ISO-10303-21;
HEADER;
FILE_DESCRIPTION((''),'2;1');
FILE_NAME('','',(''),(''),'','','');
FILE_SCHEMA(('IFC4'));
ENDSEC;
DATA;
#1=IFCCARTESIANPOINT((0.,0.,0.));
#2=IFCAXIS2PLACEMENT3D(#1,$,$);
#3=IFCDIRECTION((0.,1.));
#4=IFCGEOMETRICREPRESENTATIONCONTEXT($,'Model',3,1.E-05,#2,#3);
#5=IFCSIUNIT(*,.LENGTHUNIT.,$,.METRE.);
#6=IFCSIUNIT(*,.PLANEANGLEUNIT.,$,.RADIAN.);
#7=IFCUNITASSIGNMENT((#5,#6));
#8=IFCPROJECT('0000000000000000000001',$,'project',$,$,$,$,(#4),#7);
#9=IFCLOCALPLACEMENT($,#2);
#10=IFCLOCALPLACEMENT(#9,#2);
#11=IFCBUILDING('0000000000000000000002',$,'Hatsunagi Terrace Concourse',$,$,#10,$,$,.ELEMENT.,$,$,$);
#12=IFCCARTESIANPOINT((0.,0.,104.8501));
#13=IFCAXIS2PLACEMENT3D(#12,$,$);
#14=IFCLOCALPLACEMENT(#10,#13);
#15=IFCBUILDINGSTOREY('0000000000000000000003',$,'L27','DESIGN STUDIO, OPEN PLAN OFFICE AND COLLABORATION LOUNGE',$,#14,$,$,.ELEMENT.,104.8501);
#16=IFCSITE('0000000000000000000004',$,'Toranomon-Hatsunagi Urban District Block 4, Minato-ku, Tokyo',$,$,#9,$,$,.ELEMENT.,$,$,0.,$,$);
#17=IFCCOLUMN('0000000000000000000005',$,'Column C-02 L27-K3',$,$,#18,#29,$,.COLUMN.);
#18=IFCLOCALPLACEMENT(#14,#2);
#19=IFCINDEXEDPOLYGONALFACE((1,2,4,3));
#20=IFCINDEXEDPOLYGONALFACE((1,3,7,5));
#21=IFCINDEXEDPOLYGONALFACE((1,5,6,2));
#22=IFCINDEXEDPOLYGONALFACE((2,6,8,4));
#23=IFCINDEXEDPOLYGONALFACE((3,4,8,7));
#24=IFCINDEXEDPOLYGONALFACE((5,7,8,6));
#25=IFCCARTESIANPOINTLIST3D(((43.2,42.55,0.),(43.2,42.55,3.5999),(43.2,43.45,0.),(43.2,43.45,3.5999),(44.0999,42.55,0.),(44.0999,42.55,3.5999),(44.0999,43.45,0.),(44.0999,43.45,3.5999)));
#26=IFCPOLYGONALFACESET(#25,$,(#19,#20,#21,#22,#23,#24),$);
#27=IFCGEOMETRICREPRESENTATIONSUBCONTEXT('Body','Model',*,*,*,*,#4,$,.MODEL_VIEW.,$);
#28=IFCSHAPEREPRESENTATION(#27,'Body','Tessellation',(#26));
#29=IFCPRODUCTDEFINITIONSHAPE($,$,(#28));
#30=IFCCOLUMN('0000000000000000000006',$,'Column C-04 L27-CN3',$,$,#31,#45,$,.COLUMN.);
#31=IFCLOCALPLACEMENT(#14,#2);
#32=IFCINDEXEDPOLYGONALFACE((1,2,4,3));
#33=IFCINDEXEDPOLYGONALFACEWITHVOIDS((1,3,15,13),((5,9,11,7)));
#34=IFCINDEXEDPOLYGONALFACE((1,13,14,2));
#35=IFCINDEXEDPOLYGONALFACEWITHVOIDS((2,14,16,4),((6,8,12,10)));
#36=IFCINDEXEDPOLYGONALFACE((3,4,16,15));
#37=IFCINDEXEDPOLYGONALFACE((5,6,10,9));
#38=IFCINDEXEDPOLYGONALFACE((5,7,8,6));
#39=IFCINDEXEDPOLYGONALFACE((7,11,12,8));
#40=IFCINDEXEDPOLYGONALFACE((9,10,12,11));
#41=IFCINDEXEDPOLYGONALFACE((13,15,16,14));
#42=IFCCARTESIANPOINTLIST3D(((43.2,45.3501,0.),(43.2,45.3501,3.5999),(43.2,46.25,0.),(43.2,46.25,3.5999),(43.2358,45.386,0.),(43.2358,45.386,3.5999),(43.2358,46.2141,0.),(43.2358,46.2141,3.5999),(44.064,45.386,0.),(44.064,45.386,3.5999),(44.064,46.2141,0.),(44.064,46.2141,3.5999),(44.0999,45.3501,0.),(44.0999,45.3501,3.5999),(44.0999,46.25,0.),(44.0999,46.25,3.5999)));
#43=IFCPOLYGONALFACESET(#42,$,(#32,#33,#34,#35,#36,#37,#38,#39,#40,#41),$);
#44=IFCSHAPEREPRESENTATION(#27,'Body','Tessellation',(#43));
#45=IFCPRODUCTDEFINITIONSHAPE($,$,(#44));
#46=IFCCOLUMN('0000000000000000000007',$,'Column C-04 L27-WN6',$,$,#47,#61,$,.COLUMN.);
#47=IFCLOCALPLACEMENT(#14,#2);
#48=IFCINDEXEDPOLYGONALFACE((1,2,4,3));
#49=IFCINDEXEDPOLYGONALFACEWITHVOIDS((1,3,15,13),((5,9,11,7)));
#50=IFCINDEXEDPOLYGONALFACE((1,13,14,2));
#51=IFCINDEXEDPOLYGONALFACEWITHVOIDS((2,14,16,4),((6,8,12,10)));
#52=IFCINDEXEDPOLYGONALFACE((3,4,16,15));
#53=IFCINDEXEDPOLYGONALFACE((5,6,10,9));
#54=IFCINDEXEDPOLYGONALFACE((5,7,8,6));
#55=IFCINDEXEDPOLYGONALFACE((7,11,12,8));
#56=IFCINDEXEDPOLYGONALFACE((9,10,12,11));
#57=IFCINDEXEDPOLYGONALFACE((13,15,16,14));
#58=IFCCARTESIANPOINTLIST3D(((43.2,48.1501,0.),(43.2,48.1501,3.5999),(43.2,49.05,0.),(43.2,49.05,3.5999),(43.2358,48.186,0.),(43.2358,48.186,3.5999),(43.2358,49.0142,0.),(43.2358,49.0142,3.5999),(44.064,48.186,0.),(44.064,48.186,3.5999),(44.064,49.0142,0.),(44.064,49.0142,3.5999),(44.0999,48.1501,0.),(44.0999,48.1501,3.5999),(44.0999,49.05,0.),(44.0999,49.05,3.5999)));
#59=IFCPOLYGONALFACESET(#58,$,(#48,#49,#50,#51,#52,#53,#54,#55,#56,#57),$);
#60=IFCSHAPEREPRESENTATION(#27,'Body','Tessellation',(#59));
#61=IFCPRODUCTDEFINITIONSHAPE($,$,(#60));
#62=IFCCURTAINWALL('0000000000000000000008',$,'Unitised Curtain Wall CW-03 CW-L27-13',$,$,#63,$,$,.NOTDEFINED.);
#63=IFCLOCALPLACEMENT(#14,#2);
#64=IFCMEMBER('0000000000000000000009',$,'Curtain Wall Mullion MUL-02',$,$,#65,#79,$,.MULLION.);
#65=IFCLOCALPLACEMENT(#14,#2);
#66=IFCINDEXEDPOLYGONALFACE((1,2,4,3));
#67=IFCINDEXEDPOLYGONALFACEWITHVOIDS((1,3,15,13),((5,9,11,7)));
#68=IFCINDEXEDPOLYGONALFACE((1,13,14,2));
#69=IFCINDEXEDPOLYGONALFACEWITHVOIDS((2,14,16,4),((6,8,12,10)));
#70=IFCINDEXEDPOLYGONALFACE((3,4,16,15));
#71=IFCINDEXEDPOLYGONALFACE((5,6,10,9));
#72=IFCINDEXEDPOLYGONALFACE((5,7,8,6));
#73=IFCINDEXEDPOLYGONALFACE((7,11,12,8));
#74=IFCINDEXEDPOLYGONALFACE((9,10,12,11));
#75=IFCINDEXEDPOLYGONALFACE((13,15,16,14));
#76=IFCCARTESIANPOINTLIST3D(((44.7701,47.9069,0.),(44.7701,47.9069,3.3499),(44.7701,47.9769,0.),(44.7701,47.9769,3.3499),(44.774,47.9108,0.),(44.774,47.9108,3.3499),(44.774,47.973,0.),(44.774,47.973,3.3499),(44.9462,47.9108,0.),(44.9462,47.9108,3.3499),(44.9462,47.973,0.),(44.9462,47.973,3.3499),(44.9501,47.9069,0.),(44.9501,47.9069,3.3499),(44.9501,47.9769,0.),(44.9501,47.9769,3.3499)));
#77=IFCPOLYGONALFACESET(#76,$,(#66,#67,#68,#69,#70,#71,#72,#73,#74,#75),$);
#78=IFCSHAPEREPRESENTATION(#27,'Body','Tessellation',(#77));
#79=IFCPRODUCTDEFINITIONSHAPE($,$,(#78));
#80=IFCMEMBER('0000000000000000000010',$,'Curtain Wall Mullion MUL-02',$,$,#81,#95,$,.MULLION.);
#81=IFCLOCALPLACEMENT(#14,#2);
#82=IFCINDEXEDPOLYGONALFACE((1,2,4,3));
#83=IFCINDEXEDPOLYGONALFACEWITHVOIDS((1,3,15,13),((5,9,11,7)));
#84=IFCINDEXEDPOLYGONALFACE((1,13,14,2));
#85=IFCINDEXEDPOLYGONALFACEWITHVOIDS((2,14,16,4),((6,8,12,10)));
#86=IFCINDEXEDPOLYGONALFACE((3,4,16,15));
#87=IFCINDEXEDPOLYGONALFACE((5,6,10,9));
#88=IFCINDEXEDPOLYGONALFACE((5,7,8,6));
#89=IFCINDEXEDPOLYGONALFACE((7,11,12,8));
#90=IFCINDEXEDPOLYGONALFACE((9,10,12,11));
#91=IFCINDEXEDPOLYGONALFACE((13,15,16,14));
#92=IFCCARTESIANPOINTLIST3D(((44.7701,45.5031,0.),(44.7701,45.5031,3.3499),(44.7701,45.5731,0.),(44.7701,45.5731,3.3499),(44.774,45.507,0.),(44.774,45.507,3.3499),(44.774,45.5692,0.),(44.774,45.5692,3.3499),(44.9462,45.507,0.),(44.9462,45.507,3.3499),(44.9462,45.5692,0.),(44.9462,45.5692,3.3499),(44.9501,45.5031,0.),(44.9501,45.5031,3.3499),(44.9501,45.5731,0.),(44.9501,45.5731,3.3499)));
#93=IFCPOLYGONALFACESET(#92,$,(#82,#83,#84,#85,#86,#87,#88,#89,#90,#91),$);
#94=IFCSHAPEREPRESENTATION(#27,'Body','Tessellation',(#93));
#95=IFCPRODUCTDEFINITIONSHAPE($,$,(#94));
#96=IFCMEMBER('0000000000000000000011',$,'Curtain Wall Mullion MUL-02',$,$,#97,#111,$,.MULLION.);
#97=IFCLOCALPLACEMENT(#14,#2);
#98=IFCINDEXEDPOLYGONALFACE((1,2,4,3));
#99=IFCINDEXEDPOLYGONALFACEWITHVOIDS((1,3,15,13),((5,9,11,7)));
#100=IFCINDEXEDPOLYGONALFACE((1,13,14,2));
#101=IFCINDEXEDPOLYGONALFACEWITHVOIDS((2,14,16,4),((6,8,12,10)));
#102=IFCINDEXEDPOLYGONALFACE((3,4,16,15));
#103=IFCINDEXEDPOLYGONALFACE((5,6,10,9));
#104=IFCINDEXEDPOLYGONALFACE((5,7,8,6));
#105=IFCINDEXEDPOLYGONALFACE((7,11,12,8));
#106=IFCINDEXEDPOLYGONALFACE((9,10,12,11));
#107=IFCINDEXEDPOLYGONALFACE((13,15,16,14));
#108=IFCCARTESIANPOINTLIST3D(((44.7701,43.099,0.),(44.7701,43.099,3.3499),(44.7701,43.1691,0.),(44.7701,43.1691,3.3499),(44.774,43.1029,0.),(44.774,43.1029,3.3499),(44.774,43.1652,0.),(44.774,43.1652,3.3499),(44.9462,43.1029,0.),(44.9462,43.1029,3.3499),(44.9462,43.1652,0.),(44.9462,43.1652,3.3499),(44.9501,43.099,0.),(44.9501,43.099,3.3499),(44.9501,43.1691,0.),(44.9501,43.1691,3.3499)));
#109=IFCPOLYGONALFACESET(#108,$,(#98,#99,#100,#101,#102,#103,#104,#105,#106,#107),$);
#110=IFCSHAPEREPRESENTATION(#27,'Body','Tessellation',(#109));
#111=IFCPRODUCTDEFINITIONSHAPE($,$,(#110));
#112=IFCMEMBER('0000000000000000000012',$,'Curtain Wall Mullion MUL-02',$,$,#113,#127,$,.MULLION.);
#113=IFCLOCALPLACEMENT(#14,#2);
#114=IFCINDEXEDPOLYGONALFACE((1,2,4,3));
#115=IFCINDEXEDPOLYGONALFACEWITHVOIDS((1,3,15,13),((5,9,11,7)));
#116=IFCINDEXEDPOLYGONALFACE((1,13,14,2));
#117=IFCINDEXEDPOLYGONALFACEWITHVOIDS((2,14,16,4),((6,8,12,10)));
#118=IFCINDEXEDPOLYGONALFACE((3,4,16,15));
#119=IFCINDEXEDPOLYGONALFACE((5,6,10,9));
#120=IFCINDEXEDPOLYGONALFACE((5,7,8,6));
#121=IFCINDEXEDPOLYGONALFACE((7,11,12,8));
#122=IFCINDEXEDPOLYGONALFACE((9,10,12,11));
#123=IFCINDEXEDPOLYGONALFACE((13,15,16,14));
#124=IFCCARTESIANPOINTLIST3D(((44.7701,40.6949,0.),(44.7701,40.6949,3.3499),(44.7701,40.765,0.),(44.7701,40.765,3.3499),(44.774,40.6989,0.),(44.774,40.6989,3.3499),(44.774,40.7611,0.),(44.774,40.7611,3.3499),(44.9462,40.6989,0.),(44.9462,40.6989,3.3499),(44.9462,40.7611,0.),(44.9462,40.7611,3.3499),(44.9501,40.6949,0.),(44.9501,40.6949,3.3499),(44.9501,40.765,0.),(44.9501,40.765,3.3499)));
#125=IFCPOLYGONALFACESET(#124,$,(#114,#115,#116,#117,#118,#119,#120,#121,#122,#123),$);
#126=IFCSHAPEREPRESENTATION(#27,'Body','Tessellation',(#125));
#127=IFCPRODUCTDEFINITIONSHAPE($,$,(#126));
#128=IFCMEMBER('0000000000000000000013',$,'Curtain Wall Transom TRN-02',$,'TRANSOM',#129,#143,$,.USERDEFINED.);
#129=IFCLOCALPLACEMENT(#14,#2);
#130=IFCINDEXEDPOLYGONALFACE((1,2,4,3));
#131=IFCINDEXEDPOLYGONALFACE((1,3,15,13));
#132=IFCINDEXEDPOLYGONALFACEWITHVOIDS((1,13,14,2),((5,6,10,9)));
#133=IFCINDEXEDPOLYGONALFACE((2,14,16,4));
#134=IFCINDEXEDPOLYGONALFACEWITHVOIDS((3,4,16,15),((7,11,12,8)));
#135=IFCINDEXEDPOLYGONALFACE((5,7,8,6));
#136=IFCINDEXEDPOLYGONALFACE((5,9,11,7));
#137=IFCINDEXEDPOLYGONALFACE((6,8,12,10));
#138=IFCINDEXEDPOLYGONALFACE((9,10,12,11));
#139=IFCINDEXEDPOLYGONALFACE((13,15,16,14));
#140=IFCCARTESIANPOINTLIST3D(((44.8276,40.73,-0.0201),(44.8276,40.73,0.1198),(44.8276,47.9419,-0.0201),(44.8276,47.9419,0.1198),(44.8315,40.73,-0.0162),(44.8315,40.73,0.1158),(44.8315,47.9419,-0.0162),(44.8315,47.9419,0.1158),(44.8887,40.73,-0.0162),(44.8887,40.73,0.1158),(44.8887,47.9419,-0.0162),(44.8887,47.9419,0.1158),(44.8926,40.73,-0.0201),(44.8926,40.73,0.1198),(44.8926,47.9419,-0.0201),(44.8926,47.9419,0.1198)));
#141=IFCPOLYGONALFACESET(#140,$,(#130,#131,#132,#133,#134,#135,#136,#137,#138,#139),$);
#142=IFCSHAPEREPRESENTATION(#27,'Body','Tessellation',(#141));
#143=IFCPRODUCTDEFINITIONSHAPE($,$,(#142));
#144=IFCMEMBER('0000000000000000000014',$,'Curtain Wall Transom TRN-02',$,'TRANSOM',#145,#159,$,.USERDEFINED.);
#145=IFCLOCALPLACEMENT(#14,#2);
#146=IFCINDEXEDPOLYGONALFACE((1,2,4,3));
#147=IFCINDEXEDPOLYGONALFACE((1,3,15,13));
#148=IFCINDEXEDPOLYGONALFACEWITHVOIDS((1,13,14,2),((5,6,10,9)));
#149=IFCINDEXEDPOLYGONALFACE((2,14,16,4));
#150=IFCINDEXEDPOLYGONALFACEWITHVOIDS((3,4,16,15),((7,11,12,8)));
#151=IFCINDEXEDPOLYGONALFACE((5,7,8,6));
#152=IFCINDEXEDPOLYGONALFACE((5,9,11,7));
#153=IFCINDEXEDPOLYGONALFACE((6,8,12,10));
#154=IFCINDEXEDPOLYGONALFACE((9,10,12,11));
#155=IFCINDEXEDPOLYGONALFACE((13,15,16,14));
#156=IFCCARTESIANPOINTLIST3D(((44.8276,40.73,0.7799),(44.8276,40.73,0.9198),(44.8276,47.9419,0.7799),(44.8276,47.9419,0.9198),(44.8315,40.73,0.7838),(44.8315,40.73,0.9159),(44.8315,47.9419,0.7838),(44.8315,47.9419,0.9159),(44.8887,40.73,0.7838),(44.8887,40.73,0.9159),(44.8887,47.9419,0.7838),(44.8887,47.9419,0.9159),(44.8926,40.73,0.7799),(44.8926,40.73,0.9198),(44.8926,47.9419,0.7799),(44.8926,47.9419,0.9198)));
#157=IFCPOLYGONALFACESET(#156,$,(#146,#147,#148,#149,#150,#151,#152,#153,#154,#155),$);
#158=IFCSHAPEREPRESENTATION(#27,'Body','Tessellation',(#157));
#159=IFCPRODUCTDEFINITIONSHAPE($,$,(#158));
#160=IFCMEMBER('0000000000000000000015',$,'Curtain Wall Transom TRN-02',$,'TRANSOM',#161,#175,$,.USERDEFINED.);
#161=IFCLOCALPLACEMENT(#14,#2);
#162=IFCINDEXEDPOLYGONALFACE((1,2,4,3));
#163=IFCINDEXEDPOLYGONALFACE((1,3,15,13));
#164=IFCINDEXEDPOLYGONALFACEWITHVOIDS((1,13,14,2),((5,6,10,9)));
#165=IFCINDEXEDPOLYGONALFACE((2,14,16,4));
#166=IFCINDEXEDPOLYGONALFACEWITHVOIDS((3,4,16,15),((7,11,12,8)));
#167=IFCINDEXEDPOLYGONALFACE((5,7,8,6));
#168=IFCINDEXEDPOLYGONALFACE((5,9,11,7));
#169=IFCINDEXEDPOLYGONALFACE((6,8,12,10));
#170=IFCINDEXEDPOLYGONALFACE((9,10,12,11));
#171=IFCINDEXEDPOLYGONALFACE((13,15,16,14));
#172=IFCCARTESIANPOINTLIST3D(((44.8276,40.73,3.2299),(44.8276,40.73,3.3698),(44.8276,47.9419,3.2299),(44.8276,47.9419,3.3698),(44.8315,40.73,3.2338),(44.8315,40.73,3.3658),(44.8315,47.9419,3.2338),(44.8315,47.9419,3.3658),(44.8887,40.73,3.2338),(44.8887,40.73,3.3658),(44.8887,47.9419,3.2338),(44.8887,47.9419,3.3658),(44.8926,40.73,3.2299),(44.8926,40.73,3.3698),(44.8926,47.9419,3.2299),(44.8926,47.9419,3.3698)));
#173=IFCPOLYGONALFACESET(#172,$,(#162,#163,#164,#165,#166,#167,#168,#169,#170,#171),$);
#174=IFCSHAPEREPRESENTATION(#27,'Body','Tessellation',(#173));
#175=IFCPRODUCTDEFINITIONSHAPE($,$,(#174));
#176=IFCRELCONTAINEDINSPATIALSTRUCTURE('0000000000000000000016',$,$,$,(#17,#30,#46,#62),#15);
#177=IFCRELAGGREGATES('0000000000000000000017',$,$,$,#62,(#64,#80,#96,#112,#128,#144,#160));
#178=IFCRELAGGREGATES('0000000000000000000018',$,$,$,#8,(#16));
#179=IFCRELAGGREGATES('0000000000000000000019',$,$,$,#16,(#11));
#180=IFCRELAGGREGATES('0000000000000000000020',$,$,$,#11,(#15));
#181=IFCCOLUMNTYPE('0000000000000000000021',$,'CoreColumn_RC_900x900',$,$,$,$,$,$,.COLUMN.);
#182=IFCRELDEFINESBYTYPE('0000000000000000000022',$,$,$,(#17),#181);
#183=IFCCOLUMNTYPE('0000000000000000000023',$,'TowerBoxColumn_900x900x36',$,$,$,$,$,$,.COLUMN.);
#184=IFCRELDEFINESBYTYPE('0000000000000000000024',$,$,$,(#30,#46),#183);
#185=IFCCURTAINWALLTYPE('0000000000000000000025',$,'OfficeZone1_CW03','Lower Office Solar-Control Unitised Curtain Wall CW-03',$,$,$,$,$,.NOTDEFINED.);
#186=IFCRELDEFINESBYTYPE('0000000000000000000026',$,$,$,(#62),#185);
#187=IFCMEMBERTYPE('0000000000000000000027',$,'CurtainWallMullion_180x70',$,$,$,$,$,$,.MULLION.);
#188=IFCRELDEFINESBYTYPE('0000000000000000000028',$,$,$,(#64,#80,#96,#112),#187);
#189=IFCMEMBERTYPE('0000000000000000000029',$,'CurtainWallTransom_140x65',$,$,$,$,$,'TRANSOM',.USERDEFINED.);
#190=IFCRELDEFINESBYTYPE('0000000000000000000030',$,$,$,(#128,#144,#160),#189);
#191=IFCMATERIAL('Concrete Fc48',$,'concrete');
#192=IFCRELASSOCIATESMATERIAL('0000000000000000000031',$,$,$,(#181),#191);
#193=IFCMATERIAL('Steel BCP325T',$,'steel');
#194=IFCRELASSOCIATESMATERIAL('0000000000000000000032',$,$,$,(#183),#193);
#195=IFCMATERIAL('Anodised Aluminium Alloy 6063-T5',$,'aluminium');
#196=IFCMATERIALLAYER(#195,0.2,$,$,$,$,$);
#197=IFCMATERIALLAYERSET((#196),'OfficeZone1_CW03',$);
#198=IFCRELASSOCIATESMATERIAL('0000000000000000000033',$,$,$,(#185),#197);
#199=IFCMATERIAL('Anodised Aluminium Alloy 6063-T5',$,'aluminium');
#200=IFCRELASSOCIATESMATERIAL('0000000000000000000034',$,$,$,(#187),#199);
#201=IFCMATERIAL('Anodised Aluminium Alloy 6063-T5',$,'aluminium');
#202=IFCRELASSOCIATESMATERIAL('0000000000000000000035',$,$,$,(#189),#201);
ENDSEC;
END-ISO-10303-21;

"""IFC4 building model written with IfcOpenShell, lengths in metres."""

from ifc_helpers import new_model, si_unit, direction, frame, origin, origin_2d, place, context, subcontext, project, spatial, rectangle, hollow_rectangle, extrude, material, layer, layer_set, material_profile, profile_set, type_object, element, aggregate, save


model = new_model("IFC4")

# Units and contexts
model_context = context("Model", 3, precision=1e-05, world=origin(), true_north=direction((0.0, 1.0)))
body_context = subcontext(model_context, "Body", "Model", "MODEL_VIEW")
ifc_project = project(units=[si_unit("LENGTHUNIT", "METRE"), si_unit("PLANEANGLEUNIT", "RADIAN")], contexts=[model_context])

# Site, building, storey
site_placement = place(None, origin())
site = spatial("IfcSite", under=ifc_project, at=site_placement, Name="Toranomon-Hatsunagi Urban District Block 4, Minato-ku, Tokyo", CompositionType="ELEMENT", RefElevation=0.0)
building_placement = place(site_placement, origin())
building = spatial("IfcBuilding", under=site, at=building_placement, Name="Hatsunagi Terrace Concourse", CompositionType="ELEMENT")
storey_placement = place(building_placement, frame((0.0, 0.0, 104.8501)))
storey = spatial("IfcBuildingStorey", under=building, at=storey_placement, Name="L27", Description="DESIGN STUDIO, OPEN PLAN OFFICE AND COLLABORATION LOUNGE", CompositionType="ELEMENT", Elevation=104.8501)

# Columns
ifc_material_1 = material(Name="Concrete Fc48", Category="concrete")
ifc_material_profile_1 = material_profile(ifc_material_1, rectangle(XDim=0.8999, YDim=0.8999, at=origin_2d()), Name="RC-900x900")
ifc_profile_set_1 = profile_set([ifc_material_profile_1], Name="Concrete Fc48")
column_type_1 = type_object("IfcColumnType", Name="CoreColumn_RC_900x900", PredefinedType="COLUMN", material=ifc_profile_set_1)
column_placement = place(storey_placement, frame((43.6499, 43.0, 0.0), z_axis=(0.0, 0.0, 1.0), x_axis=(1.0, 0.0, 0.0)))
element("IfcColumn", 1, at=column_placement, inside=storey, type_object=column_type_1, Name="Column C-02 L27-K3", PredefinedType="COLUMN", context=body_context, shape_type="SweptSolid", body=[
    extrude(rectangle(XDim=0.8999, YDim=0.8999, at=origin_2d()), origin(), (0.0, 0.0, 1.0), 3.5999),
])
ifc_material_2 = material(Name="Steel BCP325T", Category="steel")
ifc_material_profile_2 = material_profile(ifc_material_2, hollow_rectangle(XDim=0.8999, YDim=0.8999, WallThickness=0.0359, at=origin_2d()), Name="BCP-900x900x36")
ifc_profile_set_2 = profile_set([ifc_material_profile_2], Name="Steel BCP325T")
column_type_2 = type_object("IfcColumnType", Name="TowerBoxColumn_900x900x36", PredefinedType="COLUMN", material=ifc_profile_set_2)
for number, where, z_axis, x_axis, name in (
    (2, (43.6499, 45.8, 0.0), (0.0, 0.0, 1.0), (1.0, 0.0, 0.0), "Column C-04 L27-CN3"),
    (3, (43.6499, 48.6001, 0.0), (0.0, 0.0, 1.0), (1.0, 0.0, 0.0), "Column C-04 L27-WN6"),
):
    element("IfcColumn", number, at=place(storey_placement, frame(where, z_axis=z_axis, x_axis=x_axis)), inside=storey, type_object=column_type_2, Name=name, PredefinedType="COLUMN", context=body_context, shape_type="SweptSolid", body=[
        extrude(hollow_rectangle(XDim=0.8999, YDim=0.8999, WallThickness=0.0359, at=origin_2d()), origin(), (0.0, 0.0, 1.0), 3.5999),
    ])

# Curtain wall, members
ifc_material_3 = material(Name="Anodised Aluminium Alloy 6063-T5", Category="aluminium")
ifc_layer_1 = layer(ifc_material_3, 0.2)
ifc_layer_set_1 = layer_set([ifc_layer_1], Name="OfficeZone1_CW03")
curtain_wall_type = type_object("IfcCurtainWallType", Name="OfficeZone1_CW03", Description="Lower Office Solar-Control Unitised Curtain Wall CW-03", PredefinedType="NOTDEFINED", material=ifc_layer_set_1)
curtain_wall_placement = place(storey_placement, origin())
curtain_wall = element("IfcCurtainWall", 4, at=curtain_wall_placement, inside=storey, type_object=curtain_wall_type, Name="Unitised Curtain Wall CW-03 CW-L27-13", PredefinedType="NOTDEFINED")
ifc_material_4 = material(Name="Anodised Aluminium Alloy 6063-T5", Category="aluminium")
ifc_material_profile_3 = material_profile(ifc_material_4, hollow_rectangle(XDim=0.0701, YDim=0.1799, WallThickness=0.0039, at=origin_2d()), Name="ALU-MUL-180x70x4")
ifc_profile_set_3 = profile_set([ifc_material_profile_3], Name="Anodised Aluminium Alloy 6063-T5")
member_type_1 = type_object("IfcMemberType", Name="CurtainWallMullion_180x70", PredefinedType="MULLION", material=ifc_profile_set_3)
member_1_placement = place(storey_placement, frame((44.8601, 47.9419, 0.0), z_axis=(0.0, 0.0, 1.0), x_axis=(0.0, -1.0, 0.0)))
member_1 = element("IfcMember", 5, at=member_1_placement, type_object=member_type_1, Name="Curtain Wall Mullion MUL-02", PredefinedType="MULLION", context=body_context, shape_type="SweptSolid", body=[
    extrude(hollow_rectangle(XDim=0.0701, YDim=0.1799, WallThickness=0.0039, at=origin_2d()), origin(), (0.0, 0.0, 1.0), 3.3499),
])
member_2_placement = place(storey_placement, frame((44.8601, 45.5381, 0.0), z_axis=(0.0, 0.0, 1.0), x_axis=(0.0, -1.0, 0.0)))
member_2 = element("IfcMember", 6, at=member_2_placement, type_object=member_type_1, Name="Curtain Wall Mullion MUL-02", PredefinedType="MULLION", context=body_context, shape_type="SweptSolid", body=[
    extrude(hollow_rectangle(XDim=0.0701, YDim=0.1799, WallThickness=0.0039, at=origin_2d()), origin(), (0.0, 0.0, 1.0), 3.3499),
])
member_3_placement = place(storey_placement, frame((44.8601, 43.134, 0.0), z_axis=(0.0, 0.0, 1.0), x_axis=(0.0, -1.0, 0.0)))
member_3 = element("IfcMember", 7, at=member_3_placement, type_object=member_type_1, Name="Curtain Wall Mullion MUL-02", PredefinedType="MULLION", context=body_context, shape_type="SweptSolid", body=[
    extrude(hollow_rectangle(XDim=0.0701, YDim=0.1799, WallThickness=0.0039, at=origin_2d()), origin(), (0.0, 0.0, 1.0), 3.3499),
])
member_4_placement = place(storey_placement, frame((44.8601, 40.73, 0.0), z_axis=(0.0, 0.0, 1.0), x_axis=(0.0, -1.0, 0.0)))
member_4 = element("IfcMember", 8, at=member_4_placement, type_object=member_type_1, Name="Curtain Wall Mullion MUL-02", PredefinedType="MULLION", context=body_context, shape_type="SweptSolid", body=[
    extrude(hollow_rectangle(XDim=0.0701, YDim=0.1799, WallThickness=0.0039, at=origin_2d()), origin(), (0.0, 0.0, 1.0), 3.3499),
])
ifc_material_5 = material(Name="Anodised Aluminium Alloy 6063-T5", Category="aluminium")
ifc_material_profile_4 = material_profile(ifc_material_5, hollow_rectangle(XDim=0.0649, YDim=0.1399, WallThickness=0.0039, at=origin_2d()), Name="ALU-TRN-140x65x4")
ifc_profile_set_4 = profile_set([ifc_material_profile_4], Name="Anodised Aluminium Alloy 6063-T5")
member_type_2 = type_object("IfcMemberType", Name="CurtainWallTransom_140x65", ElementType="TRANSOM", PredefinedType="USERDEFINED", material=ifc_profile_set_4)
member_5_placement = place(storey_placement, frame((44.8601, 47.9419, 0.0498), z_axis=(0.0, -1.0, 0.0), x_axis=(1.0, 0.0, 0.0)))
member_5 = element("IfcMember", 9, at=member_5_placement, type_object=member_type_2, Name="Curtain Wall Transom TRN-02", ObjectType="TRANSOM", PredefinedType="USERDEFINED", context=body_context, shape_type="SweptSolid", body=[
    extrude(hollow_rectangle(XDim=0.0649, YDim=0.1399, WallThickness=0.0039, at=origin_2d()), origin(), (0.0, 0.0, 1.0), 7.2119),
])
member_6_placement = place(storey_placement, frame((44.8601, 47.9419, 0.8499), z_axis=(0.0, -1.0, 0.0), x_axis=(1.0, 0.0, 0.0)))
member_6 = element("IfcMember", 10, at=member_6_placement, type_object=member_type_2, Name="Curtain Wall Transom TRN-02", ObjectType="TRANSOM", PredefinedType="USERDEFINED", context=body_context, shape_type="SweptSolid", body=[
    extrude(hollow_rectangle(XDim=0.0649, YDim=0.1399, WallThickness=0.0039, at=origin_2d()), origin(), (0.0, 0.0, 1.0), 7.2119),
])
member_7_placement = place(storey_placement, frame((44.8601, 47.9419, 3.2998), z_axis=(0.0, -1.0, 0.0), x_axis=(1.0, 0.0, 0.0)))
member_7 = element("IfcMember", 11, at=member_7_placement, type_object=member_type_2, Name="Curtain Wall Transom TRN-02", ObjectType="TRANSOM", PredefinedType="USERDEFINED", context=body_context, shape_type="SweptSolid", body=[
    extrude(hollow_rectangle(XDim=0.0649, YDim=0.1399, WallThickness=0.0039, at=origin_2d()), origin(), (0.0, 0.0, 1.0), 7.2119),
])

aggregate(curtain_wall, [member_1, member_2, member_3, member_4, member_5, member_6, member_7])

save(model, "model.ifc")
